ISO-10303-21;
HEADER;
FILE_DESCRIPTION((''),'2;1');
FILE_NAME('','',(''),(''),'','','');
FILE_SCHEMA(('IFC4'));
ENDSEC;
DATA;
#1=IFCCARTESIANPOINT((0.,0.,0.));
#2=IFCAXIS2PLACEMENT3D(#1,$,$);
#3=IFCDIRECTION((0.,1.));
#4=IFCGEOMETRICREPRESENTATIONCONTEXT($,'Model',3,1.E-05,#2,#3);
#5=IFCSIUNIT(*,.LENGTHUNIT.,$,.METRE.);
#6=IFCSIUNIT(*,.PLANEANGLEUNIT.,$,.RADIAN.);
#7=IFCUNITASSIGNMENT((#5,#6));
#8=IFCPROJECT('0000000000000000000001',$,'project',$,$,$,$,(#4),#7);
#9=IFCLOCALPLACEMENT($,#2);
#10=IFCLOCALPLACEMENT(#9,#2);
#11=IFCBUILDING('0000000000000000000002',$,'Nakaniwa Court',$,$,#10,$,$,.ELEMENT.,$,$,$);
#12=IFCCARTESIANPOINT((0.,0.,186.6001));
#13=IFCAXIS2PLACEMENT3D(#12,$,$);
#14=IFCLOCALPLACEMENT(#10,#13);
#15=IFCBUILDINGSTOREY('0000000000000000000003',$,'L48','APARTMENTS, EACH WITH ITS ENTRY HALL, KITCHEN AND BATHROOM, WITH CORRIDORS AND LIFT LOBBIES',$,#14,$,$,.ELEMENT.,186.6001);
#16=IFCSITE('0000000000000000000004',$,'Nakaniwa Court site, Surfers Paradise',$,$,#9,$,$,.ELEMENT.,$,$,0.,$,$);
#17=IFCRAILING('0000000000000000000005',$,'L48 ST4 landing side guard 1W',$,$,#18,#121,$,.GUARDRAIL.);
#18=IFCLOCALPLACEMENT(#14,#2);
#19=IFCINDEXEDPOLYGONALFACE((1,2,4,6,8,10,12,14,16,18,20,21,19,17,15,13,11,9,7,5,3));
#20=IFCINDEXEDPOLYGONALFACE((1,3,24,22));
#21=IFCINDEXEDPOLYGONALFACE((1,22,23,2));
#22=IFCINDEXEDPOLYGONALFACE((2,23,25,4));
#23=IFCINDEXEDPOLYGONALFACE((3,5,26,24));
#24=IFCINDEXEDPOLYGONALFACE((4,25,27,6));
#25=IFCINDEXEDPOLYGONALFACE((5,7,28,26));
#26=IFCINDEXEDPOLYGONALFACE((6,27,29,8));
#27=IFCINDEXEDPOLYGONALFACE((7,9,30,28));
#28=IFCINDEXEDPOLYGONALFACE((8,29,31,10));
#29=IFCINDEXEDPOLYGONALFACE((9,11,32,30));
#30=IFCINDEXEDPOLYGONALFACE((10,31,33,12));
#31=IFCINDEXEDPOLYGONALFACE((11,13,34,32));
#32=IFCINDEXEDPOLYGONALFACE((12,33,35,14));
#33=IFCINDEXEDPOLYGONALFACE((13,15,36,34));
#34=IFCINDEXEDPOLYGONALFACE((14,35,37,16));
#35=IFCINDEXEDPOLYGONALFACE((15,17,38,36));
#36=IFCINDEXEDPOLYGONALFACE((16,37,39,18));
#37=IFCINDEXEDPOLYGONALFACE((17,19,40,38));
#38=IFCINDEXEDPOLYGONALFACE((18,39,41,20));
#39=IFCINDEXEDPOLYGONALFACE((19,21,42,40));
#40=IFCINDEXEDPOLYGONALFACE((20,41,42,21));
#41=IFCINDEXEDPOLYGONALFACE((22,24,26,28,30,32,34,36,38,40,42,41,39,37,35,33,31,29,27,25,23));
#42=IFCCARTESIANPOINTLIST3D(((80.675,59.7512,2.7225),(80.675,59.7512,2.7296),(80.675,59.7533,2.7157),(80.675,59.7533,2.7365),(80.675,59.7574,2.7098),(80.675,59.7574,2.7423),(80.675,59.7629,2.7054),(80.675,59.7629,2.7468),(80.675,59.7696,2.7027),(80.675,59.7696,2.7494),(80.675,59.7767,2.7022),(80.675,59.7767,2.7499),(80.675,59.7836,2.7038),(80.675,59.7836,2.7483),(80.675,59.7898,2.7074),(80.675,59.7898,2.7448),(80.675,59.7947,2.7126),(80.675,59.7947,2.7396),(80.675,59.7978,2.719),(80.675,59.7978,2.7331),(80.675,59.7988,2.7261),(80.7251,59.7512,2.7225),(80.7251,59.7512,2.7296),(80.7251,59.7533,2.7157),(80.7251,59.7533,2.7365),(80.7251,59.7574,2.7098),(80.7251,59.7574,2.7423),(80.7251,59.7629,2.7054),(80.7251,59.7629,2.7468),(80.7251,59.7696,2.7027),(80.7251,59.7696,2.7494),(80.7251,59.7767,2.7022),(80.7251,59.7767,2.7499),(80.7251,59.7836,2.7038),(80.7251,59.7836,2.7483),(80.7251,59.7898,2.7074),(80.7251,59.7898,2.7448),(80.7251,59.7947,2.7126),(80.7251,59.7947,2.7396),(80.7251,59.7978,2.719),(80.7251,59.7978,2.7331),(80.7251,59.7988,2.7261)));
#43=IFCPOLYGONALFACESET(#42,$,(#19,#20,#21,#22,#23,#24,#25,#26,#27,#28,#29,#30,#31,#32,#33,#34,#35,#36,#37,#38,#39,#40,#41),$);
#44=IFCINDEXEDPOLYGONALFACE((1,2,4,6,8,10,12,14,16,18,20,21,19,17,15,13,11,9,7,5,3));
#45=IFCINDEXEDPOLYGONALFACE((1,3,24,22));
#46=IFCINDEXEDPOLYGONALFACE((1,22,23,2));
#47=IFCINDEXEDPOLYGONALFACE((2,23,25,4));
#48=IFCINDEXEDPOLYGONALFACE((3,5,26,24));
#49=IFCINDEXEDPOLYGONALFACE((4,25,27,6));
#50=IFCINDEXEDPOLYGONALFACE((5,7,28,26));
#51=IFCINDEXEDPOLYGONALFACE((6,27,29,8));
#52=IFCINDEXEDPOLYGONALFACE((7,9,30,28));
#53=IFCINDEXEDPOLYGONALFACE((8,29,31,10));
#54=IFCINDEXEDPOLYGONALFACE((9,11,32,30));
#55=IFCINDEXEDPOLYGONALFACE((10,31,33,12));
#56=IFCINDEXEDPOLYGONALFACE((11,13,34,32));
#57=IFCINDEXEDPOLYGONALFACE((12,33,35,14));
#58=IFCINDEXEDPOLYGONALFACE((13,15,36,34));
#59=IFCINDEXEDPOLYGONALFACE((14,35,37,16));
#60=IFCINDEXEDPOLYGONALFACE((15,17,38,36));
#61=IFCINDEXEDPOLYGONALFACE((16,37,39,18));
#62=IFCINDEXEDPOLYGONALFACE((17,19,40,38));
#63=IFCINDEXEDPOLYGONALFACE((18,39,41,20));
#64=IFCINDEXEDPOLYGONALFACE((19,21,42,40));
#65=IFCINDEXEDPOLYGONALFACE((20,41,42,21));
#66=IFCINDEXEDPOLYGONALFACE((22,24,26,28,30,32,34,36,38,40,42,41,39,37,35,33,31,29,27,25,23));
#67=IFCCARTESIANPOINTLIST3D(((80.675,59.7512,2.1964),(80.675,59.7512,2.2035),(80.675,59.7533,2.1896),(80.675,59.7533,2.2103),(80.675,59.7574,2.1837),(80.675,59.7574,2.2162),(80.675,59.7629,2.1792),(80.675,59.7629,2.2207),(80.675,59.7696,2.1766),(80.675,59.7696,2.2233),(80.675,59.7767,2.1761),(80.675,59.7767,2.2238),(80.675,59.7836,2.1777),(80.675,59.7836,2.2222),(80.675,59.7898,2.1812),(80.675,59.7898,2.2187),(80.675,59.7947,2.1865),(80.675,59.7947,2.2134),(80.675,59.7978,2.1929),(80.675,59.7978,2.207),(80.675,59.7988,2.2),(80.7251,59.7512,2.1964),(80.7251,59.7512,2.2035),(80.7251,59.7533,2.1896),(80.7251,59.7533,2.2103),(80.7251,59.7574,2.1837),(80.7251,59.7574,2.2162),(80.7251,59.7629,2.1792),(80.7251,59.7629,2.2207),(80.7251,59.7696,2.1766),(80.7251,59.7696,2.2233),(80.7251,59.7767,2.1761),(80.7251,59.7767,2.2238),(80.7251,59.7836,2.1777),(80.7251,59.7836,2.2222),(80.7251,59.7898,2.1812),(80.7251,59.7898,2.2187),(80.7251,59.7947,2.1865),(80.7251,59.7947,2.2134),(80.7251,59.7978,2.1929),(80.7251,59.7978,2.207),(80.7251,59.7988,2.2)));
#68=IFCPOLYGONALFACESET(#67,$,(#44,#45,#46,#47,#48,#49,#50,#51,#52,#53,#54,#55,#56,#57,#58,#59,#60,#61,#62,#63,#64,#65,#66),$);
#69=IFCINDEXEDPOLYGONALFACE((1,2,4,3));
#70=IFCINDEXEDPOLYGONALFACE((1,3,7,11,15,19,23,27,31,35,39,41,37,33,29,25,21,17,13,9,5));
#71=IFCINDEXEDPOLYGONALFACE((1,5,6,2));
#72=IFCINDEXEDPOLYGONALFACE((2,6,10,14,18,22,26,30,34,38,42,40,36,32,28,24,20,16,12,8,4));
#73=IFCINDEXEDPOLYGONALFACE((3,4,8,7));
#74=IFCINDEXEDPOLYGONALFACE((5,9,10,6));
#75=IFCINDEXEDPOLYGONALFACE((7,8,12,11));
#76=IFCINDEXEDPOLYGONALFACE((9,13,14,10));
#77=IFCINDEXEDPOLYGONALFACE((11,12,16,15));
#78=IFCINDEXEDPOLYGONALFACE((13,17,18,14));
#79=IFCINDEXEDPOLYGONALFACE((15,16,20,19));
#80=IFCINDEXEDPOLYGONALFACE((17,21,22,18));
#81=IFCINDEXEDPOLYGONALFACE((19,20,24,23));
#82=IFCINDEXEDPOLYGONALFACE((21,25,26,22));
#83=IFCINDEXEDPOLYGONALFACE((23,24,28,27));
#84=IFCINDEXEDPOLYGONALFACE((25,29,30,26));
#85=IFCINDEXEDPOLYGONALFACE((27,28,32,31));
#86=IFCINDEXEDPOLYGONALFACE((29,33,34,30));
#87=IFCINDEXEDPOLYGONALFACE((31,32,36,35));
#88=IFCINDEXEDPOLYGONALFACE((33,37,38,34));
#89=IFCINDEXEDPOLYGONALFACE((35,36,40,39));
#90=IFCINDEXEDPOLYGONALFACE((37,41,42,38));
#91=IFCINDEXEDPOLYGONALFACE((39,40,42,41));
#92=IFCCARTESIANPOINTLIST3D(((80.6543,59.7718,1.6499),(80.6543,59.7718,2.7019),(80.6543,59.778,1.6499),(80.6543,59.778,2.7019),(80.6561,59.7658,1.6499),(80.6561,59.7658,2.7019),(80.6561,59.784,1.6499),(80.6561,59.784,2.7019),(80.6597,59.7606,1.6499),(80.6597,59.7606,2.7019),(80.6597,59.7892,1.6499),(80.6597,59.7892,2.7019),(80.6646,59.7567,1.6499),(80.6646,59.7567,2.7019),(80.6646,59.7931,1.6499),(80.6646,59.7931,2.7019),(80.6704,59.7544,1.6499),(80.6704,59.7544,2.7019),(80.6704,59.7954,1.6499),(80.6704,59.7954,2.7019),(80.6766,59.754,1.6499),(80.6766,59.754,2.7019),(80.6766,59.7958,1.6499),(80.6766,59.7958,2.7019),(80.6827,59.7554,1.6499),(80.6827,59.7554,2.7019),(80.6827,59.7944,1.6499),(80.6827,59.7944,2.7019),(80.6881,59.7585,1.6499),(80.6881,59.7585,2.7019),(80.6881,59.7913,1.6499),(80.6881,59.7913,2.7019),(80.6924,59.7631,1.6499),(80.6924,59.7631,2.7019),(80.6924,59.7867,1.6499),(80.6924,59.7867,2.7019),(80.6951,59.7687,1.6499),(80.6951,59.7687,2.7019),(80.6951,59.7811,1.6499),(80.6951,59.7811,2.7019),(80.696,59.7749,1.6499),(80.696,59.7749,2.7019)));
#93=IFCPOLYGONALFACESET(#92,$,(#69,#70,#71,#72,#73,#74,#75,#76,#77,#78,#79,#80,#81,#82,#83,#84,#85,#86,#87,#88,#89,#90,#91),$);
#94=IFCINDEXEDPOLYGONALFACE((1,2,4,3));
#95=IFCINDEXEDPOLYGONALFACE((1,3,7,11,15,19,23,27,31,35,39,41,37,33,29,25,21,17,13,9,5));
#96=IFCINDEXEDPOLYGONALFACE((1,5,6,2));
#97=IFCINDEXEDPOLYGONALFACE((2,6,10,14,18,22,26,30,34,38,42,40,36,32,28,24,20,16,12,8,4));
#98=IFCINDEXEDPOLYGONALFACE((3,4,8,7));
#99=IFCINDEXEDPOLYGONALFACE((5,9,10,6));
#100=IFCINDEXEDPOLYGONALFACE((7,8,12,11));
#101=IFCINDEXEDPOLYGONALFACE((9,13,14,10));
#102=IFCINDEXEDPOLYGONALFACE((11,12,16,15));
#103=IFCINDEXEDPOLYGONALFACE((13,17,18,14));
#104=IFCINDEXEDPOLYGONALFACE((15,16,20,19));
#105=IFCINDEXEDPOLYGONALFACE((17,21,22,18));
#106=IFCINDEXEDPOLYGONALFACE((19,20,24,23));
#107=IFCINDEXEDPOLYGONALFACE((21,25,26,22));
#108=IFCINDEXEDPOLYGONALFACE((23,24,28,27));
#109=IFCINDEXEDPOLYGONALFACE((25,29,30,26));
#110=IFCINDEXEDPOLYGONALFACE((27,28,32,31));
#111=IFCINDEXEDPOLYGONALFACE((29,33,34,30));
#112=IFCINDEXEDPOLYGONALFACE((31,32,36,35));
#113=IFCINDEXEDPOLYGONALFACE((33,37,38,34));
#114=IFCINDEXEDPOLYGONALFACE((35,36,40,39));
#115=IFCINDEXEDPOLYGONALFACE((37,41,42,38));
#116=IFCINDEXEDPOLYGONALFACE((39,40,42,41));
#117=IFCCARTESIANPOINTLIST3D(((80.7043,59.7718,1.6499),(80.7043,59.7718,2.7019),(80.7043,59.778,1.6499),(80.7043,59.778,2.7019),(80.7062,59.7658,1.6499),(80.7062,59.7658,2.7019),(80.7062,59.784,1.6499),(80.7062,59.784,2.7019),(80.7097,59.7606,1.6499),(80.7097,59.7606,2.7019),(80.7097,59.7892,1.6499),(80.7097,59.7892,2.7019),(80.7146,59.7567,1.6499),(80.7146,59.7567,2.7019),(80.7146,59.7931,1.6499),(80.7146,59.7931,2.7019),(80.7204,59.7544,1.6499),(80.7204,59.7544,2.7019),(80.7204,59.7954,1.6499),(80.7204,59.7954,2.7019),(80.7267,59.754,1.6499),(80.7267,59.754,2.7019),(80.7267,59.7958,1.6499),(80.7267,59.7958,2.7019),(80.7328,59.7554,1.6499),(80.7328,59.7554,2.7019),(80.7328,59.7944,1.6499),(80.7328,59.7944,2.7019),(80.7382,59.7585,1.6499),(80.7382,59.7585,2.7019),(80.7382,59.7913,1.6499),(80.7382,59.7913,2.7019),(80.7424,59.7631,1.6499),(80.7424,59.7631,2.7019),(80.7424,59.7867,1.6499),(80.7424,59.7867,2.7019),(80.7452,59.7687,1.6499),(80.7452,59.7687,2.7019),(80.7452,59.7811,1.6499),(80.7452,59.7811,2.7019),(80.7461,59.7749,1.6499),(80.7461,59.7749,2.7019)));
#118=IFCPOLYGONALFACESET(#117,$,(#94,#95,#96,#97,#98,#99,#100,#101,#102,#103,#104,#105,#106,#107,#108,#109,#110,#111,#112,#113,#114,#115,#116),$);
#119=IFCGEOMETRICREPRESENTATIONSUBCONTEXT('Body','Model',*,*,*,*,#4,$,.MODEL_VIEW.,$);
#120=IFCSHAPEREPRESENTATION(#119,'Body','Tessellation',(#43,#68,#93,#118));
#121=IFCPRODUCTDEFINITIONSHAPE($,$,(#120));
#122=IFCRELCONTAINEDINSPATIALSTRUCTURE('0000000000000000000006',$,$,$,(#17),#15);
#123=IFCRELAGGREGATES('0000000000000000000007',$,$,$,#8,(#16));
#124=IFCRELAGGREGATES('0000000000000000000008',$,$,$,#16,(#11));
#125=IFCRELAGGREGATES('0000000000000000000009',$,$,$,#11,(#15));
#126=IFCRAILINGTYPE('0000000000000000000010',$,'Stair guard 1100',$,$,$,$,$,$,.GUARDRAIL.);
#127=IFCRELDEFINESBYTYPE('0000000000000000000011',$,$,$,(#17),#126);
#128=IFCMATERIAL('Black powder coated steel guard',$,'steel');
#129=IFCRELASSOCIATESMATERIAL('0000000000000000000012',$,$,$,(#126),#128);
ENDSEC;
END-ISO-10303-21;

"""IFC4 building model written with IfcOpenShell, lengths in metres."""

from ifc_helpers import new_model, si_unit, direction, frame, origin, origin_2d, place, context, subcontext, project, spatial, circle, extrude, material, type_object, element, save


model = new_model("IFC4")

# Units and contexts
model_context = context("Model", 3, precision=1e-05, world=origin(), true_north=direction((0.0, 1.0)))
body_context = subcontext(model_context, "Body", "Model", "MODEL_VIEW")
ifc_project = project(units=[si_unit("LENGTHUNIT", "METRE"), si_unit("PLANEANGLEUNIT", "RADIAN")], contexts=[model_context])

# Site, building, storey
site_placement = place(None, origin())
site = spatial("IfcSite", under=ifc_project, at=site_placement, Name="Nakaniwa Court site, Surfers Paradise", CompositionType="ELEMENT", RefElevation=0.0)
building_placement = place(site_placement, origin())
building = spatial("IfcBuilding", under=site, at=building_placement, Name="Nakaniwa Court", CompositionType="ELEMENT")
storey_placement = place(building_placement, frame((0.0, 0.0, 186.6001)))
storey = spatial("IfcBuildingStorey", under=building, at=storey_placement, Name="L48", Description="APARTMENTS, EACH WITH ITS ENTRY HALL, KITCHEN AND BATHROOM, WITH CORRIDORS AND LIFT LOBBIES", CompositionType="ELEMENT", Elevation=186.6001)

# Railing
ifc_material_1 = material(Name="Black powder coated steel guard", Category="steel")
railing_type_1 = type_object("IfcRailingType", Name="Stair guard 1100", PredefinedType="GUARDRAIL", material=ifc_material_1)
for number, where, name in (
    (1, (80.675, 59.7749, 1.6499), "L48 ST4 landing side guard 1W"),
):
    element("IfcRailing", number, at=place(storey_placement, frame(where)), inside=storey, type_object=railing_type_1, Name=name, PredefinedType="GUARDRAIL", context=body_context, shape_type="SweptSolid", body=[
        extrude(circle(Radius=0.0239, at=origin_2d()), frame((0.0, 0.0, 1.0762), z_axis=(1.0, 0.0, 0.0), x_axis=(0.0, 1.0, 0.0)), (0.0, 0.0, 1.0), 0.05),
        extrude(circle(Radius=0.0239, at=origin_2d()), frame((0.0, 0.0, 0.55), z_axis=(1.0, 0.0, 0.0), x_axis=(0.0, 1.0, 0.0)), (0.0, 0.0, 1.0), 0.05),
        extrude(circle(Radius=0.021, at=origin_2d()), origin(), (0.0, 0.0, 1.0), 1.052),
        extrude(circle(Radius=0.021, at=origin_2d()), frame((0.05, 0.0, 0.0)), (0.0, 0.0, 1.0), 1.052),
    ])

save(model, "model.ifc")
